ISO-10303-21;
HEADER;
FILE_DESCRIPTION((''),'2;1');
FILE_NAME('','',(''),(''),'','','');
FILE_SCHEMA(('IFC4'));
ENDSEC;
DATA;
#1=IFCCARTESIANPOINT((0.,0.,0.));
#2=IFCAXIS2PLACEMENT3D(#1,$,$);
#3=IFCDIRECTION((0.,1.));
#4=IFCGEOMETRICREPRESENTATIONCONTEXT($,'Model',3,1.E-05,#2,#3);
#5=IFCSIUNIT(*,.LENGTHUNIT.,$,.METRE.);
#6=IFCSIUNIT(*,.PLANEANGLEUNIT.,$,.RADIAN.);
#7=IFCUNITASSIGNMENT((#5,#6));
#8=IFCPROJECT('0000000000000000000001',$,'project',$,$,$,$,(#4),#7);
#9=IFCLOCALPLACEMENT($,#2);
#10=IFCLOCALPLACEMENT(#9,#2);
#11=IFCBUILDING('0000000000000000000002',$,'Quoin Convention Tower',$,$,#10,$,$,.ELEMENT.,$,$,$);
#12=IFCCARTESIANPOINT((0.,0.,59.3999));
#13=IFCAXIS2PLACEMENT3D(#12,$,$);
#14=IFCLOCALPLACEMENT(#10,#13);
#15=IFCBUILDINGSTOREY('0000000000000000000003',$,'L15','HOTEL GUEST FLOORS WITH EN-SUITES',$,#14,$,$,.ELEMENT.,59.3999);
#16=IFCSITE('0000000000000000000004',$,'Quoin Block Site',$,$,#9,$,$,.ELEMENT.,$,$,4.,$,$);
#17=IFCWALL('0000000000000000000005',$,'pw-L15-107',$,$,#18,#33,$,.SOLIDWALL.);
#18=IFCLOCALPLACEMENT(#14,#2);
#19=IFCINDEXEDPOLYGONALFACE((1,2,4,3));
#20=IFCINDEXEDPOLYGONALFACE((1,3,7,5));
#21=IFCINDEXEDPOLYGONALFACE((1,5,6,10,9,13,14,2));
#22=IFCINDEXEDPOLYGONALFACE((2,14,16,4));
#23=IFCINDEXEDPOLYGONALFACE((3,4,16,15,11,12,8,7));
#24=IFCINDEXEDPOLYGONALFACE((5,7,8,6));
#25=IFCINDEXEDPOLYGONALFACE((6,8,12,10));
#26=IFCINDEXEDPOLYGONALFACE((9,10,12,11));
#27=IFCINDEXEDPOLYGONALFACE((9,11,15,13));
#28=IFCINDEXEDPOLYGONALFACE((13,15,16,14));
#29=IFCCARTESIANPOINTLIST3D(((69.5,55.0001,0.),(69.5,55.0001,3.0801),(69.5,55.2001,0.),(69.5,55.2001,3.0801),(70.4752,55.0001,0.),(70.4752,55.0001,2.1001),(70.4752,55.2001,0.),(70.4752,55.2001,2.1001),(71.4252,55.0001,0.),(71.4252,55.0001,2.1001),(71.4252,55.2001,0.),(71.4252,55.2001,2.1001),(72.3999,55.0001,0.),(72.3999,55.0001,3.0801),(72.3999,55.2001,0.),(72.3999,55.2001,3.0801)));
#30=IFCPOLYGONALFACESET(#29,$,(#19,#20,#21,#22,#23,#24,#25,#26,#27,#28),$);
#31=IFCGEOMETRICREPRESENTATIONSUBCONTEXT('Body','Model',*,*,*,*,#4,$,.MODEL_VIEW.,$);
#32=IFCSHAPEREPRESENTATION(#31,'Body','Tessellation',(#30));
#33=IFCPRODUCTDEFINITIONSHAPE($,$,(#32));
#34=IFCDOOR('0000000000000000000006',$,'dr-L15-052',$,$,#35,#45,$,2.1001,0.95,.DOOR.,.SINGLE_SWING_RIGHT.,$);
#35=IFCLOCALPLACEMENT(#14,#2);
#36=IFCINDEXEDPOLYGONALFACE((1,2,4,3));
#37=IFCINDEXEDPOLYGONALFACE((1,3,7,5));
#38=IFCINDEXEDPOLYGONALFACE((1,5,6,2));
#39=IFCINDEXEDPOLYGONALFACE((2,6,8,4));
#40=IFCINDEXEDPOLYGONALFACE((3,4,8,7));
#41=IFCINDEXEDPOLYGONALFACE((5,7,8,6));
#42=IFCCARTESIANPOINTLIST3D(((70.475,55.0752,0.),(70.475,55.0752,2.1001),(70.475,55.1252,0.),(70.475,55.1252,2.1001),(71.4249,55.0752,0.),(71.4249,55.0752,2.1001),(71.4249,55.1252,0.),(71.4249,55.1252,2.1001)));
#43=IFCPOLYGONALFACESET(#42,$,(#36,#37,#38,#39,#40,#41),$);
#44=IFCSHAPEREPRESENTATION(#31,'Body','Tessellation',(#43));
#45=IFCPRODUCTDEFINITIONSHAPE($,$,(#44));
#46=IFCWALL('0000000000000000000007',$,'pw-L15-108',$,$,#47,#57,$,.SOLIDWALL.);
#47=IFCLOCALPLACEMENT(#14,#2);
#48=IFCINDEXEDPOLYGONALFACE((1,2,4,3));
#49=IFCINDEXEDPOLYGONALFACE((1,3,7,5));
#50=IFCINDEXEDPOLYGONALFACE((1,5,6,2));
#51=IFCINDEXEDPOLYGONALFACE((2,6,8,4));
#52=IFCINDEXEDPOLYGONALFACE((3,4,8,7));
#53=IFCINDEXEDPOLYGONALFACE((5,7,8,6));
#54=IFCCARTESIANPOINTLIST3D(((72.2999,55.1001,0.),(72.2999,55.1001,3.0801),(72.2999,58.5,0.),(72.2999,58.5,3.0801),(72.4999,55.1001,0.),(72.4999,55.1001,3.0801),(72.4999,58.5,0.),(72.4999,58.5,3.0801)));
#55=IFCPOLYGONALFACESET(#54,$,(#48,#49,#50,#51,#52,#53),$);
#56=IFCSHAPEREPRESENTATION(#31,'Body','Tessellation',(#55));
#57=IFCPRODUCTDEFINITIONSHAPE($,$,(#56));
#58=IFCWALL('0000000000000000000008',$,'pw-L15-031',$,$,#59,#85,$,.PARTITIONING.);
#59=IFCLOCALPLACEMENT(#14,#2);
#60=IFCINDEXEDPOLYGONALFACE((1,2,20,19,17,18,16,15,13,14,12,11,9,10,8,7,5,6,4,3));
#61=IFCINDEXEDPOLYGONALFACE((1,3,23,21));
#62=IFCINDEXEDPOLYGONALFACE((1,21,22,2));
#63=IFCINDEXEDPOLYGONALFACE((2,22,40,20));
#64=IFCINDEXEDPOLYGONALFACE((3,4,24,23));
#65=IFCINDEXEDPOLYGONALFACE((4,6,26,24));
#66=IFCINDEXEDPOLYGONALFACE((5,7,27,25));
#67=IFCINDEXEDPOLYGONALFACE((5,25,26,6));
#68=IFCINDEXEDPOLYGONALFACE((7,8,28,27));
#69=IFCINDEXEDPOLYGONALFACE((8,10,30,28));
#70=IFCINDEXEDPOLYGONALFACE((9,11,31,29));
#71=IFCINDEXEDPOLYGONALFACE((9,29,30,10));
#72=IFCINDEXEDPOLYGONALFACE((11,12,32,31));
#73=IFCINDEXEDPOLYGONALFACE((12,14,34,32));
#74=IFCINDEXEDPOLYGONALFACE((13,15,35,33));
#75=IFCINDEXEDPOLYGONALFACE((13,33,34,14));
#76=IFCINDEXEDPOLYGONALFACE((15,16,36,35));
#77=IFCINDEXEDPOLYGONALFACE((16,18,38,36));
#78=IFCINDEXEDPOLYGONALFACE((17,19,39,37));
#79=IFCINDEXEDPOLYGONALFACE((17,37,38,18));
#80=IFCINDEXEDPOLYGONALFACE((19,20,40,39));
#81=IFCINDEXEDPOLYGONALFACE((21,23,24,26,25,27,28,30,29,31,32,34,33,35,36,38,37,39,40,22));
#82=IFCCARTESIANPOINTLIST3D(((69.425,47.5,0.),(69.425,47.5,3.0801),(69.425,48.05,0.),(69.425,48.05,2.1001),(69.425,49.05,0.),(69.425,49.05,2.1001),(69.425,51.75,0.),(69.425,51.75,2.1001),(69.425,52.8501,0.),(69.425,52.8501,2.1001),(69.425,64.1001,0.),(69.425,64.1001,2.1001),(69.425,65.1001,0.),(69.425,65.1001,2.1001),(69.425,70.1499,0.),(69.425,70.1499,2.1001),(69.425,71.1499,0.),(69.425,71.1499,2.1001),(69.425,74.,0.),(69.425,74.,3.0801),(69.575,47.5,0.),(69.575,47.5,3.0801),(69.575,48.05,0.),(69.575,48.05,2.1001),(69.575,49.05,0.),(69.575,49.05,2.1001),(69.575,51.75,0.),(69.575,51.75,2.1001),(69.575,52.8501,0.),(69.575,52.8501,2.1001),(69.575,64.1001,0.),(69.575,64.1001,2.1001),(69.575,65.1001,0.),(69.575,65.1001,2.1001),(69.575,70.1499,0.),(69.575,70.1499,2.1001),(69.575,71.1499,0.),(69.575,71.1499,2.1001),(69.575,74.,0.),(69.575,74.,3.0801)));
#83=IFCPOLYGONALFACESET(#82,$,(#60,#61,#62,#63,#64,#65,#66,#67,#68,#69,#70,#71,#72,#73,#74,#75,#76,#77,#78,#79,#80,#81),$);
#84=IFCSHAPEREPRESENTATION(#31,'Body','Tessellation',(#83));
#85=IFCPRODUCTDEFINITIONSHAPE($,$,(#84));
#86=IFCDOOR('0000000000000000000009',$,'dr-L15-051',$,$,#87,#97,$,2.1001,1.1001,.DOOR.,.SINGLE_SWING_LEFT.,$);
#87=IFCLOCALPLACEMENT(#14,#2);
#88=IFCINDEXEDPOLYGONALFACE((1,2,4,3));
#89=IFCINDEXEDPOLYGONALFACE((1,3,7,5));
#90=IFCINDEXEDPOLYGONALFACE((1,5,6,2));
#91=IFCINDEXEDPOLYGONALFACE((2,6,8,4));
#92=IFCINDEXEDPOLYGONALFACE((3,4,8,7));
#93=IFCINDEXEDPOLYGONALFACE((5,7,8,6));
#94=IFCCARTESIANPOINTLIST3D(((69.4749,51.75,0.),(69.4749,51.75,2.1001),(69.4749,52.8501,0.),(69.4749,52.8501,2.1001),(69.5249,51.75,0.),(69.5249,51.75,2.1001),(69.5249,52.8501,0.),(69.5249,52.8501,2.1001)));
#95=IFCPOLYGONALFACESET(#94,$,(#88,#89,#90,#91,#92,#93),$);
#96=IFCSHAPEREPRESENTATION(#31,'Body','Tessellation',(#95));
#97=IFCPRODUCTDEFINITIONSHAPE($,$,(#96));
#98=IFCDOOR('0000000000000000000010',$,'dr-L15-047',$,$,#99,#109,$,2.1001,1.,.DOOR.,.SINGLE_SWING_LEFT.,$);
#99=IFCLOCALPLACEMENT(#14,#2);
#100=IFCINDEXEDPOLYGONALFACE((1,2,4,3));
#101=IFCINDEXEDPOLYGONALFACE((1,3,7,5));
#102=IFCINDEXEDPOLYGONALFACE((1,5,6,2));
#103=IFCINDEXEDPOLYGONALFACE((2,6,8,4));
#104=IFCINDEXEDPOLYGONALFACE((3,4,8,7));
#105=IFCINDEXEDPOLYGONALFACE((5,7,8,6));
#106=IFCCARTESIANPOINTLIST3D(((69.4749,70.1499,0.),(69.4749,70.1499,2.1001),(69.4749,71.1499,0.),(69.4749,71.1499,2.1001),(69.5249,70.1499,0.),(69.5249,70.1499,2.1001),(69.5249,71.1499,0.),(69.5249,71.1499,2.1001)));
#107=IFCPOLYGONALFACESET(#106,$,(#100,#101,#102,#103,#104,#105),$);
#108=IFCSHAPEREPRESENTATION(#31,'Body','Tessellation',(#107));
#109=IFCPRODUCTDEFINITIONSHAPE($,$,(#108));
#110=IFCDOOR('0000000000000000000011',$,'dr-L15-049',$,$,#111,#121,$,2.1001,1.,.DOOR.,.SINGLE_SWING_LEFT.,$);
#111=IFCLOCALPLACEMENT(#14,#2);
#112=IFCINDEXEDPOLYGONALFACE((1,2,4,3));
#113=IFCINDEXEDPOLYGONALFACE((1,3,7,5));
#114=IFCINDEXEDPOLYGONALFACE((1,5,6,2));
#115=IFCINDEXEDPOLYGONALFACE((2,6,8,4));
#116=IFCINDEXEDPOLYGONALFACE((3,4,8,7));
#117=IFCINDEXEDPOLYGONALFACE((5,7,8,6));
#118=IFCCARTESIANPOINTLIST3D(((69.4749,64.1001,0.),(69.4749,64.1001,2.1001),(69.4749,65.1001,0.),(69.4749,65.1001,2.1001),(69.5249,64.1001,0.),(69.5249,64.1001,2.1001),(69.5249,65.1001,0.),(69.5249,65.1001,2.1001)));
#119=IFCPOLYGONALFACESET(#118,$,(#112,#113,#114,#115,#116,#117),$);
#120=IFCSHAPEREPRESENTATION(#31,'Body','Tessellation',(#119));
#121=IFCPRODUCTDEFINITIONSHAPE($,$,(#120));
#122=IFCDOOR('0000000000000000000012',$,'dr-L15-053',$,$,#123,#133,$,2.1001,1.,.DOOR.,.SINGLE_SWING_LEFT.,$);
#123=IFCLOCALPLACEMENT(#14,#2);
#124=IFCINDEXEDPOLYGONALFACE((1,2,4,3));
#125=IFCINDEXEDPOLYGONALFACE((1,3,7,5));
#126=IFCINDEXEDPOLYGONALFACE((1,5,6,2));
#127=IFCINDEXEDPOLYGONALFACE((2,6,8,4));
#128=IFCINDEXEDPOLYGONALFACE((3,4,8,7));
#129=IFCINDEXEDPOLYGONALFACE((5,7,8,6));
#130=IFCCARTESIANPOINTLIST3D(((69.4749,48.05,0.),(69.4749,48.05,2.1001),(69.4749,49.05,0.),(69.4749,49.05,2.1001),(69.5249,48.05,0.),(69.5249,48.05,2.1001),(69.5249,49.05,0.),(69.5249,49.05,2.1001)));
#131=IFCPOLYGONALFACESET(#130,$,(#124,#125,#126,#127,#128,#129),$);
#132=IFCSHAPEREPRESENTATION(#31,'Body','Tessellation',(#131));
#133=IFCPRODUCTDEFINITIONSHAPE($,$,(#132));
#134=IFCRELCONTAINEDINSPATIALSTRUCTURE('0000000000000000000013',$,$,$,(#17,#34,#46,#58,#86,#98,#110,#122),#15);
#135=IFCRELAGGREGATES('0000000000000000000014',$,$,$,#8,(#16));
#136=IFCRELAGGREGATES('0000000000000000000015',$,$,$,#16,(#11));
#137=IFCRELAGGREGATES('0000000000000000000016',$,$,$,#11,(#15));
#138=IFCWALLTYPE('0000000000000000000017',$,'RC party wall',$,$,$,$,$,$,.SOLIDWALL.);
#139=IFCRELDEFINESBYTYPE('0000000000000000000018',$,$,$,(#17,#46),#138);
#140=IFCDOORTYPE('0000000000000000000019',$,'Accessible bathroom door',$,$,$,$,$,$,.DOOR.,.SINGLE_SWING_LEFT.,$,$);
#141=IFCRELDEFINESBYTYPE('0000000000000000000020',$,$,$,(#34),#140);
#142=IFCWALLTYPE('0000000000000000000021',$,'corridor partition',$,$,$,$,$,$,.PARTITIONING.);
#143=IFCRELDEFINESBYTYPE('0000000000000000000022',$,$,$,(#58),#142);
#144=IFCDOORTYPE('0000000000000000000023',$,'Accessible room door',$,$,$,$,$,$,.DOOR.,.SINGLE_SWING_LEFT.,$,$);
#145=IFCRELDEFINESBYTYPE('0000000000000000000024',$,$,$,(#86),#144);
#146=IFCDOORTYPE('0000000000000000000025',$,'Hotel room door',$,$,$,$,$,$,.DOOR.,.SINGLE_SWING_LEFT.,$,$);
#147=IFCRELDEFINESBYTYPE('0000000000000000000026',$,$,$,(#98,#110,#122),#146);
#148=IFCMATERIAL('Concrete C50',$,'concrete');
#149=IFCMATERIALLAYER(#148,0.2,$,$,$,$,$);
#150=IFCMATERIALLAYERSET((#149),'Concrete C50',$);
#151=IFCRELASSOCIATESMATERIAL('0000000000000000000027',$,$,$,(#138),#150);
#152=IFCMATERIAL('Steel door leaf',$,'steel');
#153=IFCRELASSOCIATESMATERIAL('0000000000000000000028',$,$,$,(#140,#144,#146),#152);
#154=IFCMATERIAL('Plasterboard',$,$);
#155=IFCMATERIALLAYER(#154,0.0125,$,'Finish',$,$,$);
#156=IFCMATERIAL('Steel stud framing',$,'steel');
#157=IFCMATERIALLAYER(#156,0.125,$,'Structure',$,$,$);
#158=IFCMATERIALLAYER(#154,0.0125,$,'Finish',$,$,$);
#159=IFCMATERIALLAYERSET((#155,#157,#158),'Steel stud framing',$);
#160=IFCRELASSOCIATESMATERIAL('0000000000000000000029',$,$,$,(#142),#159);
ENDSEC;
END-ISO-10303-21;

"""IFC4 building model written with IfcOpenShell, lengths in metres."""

from ifc_helpers import new_model, si_unit, direction, frame, frame_2d, origin, place, context, subcontext, project, spatial, rectangle, extrude, material, layer, layer_set, type_object, element, fill, save


model = new_model("IFC4")

# Units and contexts
model_context = context("Model", 3, precision=1e-05, world=origin(), true_north=direction((0.0, 1.0)))
body_context = subcontext(model_context, "Body", "Model", "MODEL_VIEW")
ifc_project = project(units=[si_unit("LENGTHUNIT", "METRE"), si_unit("PLANEANGLEUNIT", "RADIAN")], contexts=[model_context])

# Site, building, storey
site_placement = place(None, origin())
site = spatial("IfcSite", under=ifc_project, at=site_placement, Name="Quoin Block Site", CompositionType="ELEMENT", RefElevation=4.0)
building_placement = place(site_placement, origin())
building = spatial("IfcBuilding", under=site, at=building_placement, Name="Quoin Convention Tower", CompositionType="ELEMENT")
storey_placement = place(building_placement, frame((0.0, 0.0, 59.3999)))
storey = spatial("IfcBuildingStorey", under=building, at=storey_placement, Name="L15", Description="HOTEL GUEST FLOORS WITH EN-SUITES", CompositionType="ELEMENT", Elevation=59.3999)

# Shared definitions
ifc_material_1 = material(Name="Plasterboard")
ifc_material_2 = material(Name="Steel stud framing", Category="steel")
ifc_material_3 = material(Name="Concrete C50", Category="concrete")

# Shared definitions
ifc_material_4 = material(Name="Steel door leaf", Category="steel")

# Shared definitions
ifc_layer_1 = layer(ifc_material_3, 0.2)
ifc_layer_set_1 = layer_set([ifc_layer_1], Name="Concrete C50")
wall_type_1 = type_object("IfcWallType", Name="RC party wall", PredefinedType="SOLIDWALL", material=ifc_layer_set_1)

# Wall, opening, door
wall_1_placement = place(storey_placement, frame((69.5, 55.1001, 0.0), z_axis=(0.0, 0.0, 1.0), x_axis=(1.0, 0.0, 0.0)))
wall_1 = element("IfcWall", 1, at=wall_1_placement, inside=storey, type_object=wall_type_1, Name="pw-L15-107", PredefinedType="SOLIDWALL", context=body_context, shape_type="SweptSolid", body=[
    extrude(rectangle(XDim=2.8999, YDim=0.2, at=frame_2d((1.45, 0.0))), origin(), (0.0, 0.0, 1.0), 3.0801),
])
opening_1_placement = place(wall_1_placement, frame((0.9751, 0.0, 0.0)))
opening_1 = element("IfcOpeningElement", 2, at=opening_1_placement, cuts=wall_1, PredefinedType="OPENING", context=body_context, shape_type="SweptSolid", body=[
    extrude(rectangle(XDim=0.95, YDim=2.1001, at=frame_2d((0.4751, 1.05))), frame((0.0, 0.1099, 0.0), z_axis=(0.0, -1.0, 0.0), x_axis=(1.0, 0.0, 0.0)), (0.0, 0.0, 1.0), 0.22),
])
door_type_1 = type_object("IfcDoorType", Name="Accessible bathroom door", OperationType="SINGLE_SWING_LEFT", PredefinedType="DOOR", material=ifc_material_4)
door_1_placement = place(opening_1_placement, frame((0.95, 0.0, 0.0), z_axis=(0.0, 0.0, 1.0), x_axis=(-1.0, 0.0, 0.0)))
door_1 = element("IfcDoor", 3, at=door_1_placement, inside=storey, type_object=door_type_1, Name="dr-L15-052", OperationType="SINGLE_SWING_RIGHT", OverallHeight=2.1001, OverallWidth=0.95, PredefinedType="DOOR", context=body_context, shape_type="SweptSolid", body=[
    extrude(rectangle(XDim=0.95, YDim=2.1001, at=frame_2d((0.4751, 1.05))), frame((0.0, 0.0249, 0.0), z_axis=(0.0, -1.0, 0.0), x_axis=(1.0, 0.0, 0.0)), (0.0, 0.0, 1.0), 0.05),
])
fill(opening_1, door_1)

# Wall
wall_2_placement = place(storey_placement, frame((72.3999, 55.1001, 0.0), z_axis=(0.0, 0.0, 1.0), x_axis=(0.0, 1.0, 0.0)))
element("IfcWall", 4, at=wall_2_placement, inside=storey, type_object=wall_type_1, Name="pw-L15-108", PredefinedType="SOLIDWALL", context=body_context, shape_type="SweptSolid", body=[
    extrude(rectangle(XDim=3.3999, YDim=0.2, at=frame_2d((1.7, 0.0))), origin(), (0.0, 0.0, 1.0), 3.0801),
])

# Wall, openings, doors
ifc_layer_2 = layer(ifc_material_1, 0.0125, Name="Finish")
ifc_layer_3 = layer(ifc_material_2, 0.125, Name="Structure")
ifc_layer_4 = layer(ifc_material_1, 0.0125, Name="Finish")
ifc_layer_set_2 = layer_set([ifc_layer_2, ifc_layer_3, ifc_layer_4], Name="Steel stud framing")
wall_type_2 = type_object("IfcWallType", Name="corridor partition", PredefinedType="PARTITIONING", material=ifc_layer_set_2)
wall_3_placement = place(storey_placement, frame((69.5, 47.5, 0.0), z_axis=(0.0, 0.0, 1.0), x_axis=(0.0, 1.0, 0.0)))
wall_3 = element("IfcWall", 5, at=wall_3_placement, inside=storey, type_object=wall_type_2, Name="pw-L15-031", PredefinedType="PARTITIONING", context=body_context, shape_type="SweptSolid", body=[
    extrude(rectangle(XDim=26.5, YDim=0.1499, at=frame_2d((13.25, 0.0))), origin(), (0.0, 0.0, 1.0), 3.0801),
])
opening_2_placement = place(wall_3_placement, frame((22.6499, 0.0, 0.0)))
opening_2 = element("IfcOpeningElement", 6, at=opening_2_placement, cuts=wall_3, PredefinedType="OPENING", context=body_context, shape_type="SweptSolid", body=[
    extrude(rectangle(XDim=1.0, YDim=2.1001, at=frame_2d((0.5, 1.05))), frame((0.0, 0.085, 0.0), z_axis=(0.0, -1.0, 0.0), x_axis=(1.0, 0.0, 0.0)), (0.0, 0.0, 1.0), 0.1699),
])
opening_3_placement = place(wall_3_placement, frame((16.6001, 0.0, 0.0)))
opening_3 = element("IfcOpeningElement", 7, at=opening_3_placement, cuts=wall_3, PredefinedType="OPENING", context=body_context, shape_type="SweptSolid", body=[
    extrude(rectangle(XDim=1.0, YDim=2.1001, at=frame_2d((0.5, 1.05))), frame((0.0, 0.085, 0.0), z_axis=(0.0, -1.0, 0.0), x_axis=(1.0, 0.0, 0.0)), (0.0, 0.0, 1.0), 0.1699),
])
opening_4_placement = place(wall_3_placement, frame((4.25, 0.0, 0.0)))
opening_4 = element("IfcOpeningElement", 8, at=opening_4_placement, cuts=wall_3, PredefinedType="OPENING", context=body_context, shape_type="SweptSolid", body=[
    extrude(rectangle(XDim=1.1001, YDim=2.1001, at=frame_2d((0.55, 1.05))), frame((0.0, 0.085, 0.0), z_axis=(0.0, -1.0, 0.0), x_axis=(1.0, 0.0, 0.0)), (0.0, 0.0, 1.0), 0.1699),
])
opening_5_placement = place(wall_3_placement, frame((0.55, 0.0, 0.0)))
opening_5 = element("IfcOpeningElement", 9, at=opening_5_placement, cuts=wall_3, PredefinedType="OPENING", context=body_context, shape_type="SweptSolid", body=[
    extrude(rectangle(XDim=1.0, YDim=2.1001, at=frame_2d((0.5, 1.05))), frame((0.0, 0.085, 0.0), z_axis=(0.0, -1.0, 0.0), x_axis=(1.0, 0.0, 0.0)), (0.0, 0.0, 1.0), 0.1699),
])
door_type_2 = type_object("IfcDoorType", Name="Accessible room door", OperationType="SINGLE_SWING_LEFT", PredefinedType="DOOR", material=ifc_material_4)
door_2_placement = place(opening_4_placement, frame((1.1001, 0.0, 0.0), z_axis=(0.0, 0.0, 1.0), x_axis=(-1.0, 0.0, 0.0)))
door_2 = element("IfcDoor", 10, at=door_2_placement, inside=storey, type_object=door_type_2, Name="dr-L15-051", OperationType="SINGLE_SWING_LEFT", OverallHeight=2.1001, OverallWidth=1.1001, PredefinedType="DOOR", context=body_context, shape_type="SweptSolid", body=[
    extrude(rectangle(XDim=1.1001, YDim=2.1001, at=frame_2d((0.55, 1.05))), frame((0.0, 0.0249, 0.0), z_axis=(0.0, -1.0, 0.0), x_axis=(1.0, 0.0, 0.0)), (0.0, 0.0, 1.0), 0.05),
])
fill(opening_4, door_2)
door_type_3 = type_object("IfcDoorType", Name="Hotel room door", OperationType="SINGLE_SWING_LEFT", PredefinedType="DOOR", material=ifc_material_4)
door_3_placement = place(opening_2_placement, frame((1.0, 0.0, 0.0), z_axis=(0.0, 0.0, 1.0), x_axis=(-1.0, 0.0, 0.0)))
door_3 = element("IfcDoor", 11, at=door_3_placement, inside=storey, type_object=door_type_3, Name="dr-L15-047", OperationType="SINGLE_SWING_LEFT", OverallHeight=2.1001, OverallWidth=1.0, PredefinedType="DOOR", context=body_context, shape_type="SweptSolid", body=[
    extrude(rectangle(XDim=1.0, YDim=2.1001, at=frame_2d((0.5, 1.05))), frame((0.0, 0.0249, 0.0), z_axis=(0.0, -1.0, 0.0), x_axis=(1.0, 0.0, 0.0)), (0.0, 0.0, 1.0), 0.05),
])
fill(opening_2, door_3)
door_4_placement = place(opening_3_placement, frame((1.0, 0.0, 0.0), z_axis=(0.0, 0.0, 1.0), x_axis=(-1.0, 0.0, 0.0)))
door_4 = element("IfcDoor", 12, at=door_4_placement, inside=storey, type_object=door_type_3, Name="dr-L15-049", OperationType="SINGLE_SWING_LEFT", OverallHeight=2.1001, OverallWidth=1.0, PredefinedType="DOOR", context=body_context, shape_type="SweptSolid", body=[
    extrude(rectangle(XDim=1.0, YDim=2.1001, at=frame_2d((0.5, 1.05))), frame((0.0, 0.0249, 0.0), z_axis=(0.0, -1.0, 0.0), x_axis=(1.0, 0.0, 0.0)), (0.0, 0.0, 1.0), 0.05),
])
fill(opening_3, door_4)
door_5_placement = place(opening_5_placement, frame((1.0, 0.0, 0.0), z_axis=(0.0, 0.0, 1.0), x_axis=(-1.0, 0.0, 0.0)))
door_5 = element("IfcDoor", 13, at=door_5_placement, inside=storey, type_object=door_type_3, Name="dr-L15-053", OperationType="SINGLE_SWING_LEFT", OverallHeight=2.1001, OverallWidth=1.0, PredefinedType="DOOR", context=body_context, shape_type="SweptSolid", body=[
    extrude(rectangle(XDim=1.0, YDim=2.1001, at=frame_2d((0.5, 1.05))), frame((0.0, 0.0249, 0.0), z_axis=(0.0, -1.0, 0.0), x_axis=(1.0, 0.0, 0.0)), (0.0, 0.0, 1.0), 0.05),
])
fill(opening_5, door_5)

save(model, "model.ifc")
